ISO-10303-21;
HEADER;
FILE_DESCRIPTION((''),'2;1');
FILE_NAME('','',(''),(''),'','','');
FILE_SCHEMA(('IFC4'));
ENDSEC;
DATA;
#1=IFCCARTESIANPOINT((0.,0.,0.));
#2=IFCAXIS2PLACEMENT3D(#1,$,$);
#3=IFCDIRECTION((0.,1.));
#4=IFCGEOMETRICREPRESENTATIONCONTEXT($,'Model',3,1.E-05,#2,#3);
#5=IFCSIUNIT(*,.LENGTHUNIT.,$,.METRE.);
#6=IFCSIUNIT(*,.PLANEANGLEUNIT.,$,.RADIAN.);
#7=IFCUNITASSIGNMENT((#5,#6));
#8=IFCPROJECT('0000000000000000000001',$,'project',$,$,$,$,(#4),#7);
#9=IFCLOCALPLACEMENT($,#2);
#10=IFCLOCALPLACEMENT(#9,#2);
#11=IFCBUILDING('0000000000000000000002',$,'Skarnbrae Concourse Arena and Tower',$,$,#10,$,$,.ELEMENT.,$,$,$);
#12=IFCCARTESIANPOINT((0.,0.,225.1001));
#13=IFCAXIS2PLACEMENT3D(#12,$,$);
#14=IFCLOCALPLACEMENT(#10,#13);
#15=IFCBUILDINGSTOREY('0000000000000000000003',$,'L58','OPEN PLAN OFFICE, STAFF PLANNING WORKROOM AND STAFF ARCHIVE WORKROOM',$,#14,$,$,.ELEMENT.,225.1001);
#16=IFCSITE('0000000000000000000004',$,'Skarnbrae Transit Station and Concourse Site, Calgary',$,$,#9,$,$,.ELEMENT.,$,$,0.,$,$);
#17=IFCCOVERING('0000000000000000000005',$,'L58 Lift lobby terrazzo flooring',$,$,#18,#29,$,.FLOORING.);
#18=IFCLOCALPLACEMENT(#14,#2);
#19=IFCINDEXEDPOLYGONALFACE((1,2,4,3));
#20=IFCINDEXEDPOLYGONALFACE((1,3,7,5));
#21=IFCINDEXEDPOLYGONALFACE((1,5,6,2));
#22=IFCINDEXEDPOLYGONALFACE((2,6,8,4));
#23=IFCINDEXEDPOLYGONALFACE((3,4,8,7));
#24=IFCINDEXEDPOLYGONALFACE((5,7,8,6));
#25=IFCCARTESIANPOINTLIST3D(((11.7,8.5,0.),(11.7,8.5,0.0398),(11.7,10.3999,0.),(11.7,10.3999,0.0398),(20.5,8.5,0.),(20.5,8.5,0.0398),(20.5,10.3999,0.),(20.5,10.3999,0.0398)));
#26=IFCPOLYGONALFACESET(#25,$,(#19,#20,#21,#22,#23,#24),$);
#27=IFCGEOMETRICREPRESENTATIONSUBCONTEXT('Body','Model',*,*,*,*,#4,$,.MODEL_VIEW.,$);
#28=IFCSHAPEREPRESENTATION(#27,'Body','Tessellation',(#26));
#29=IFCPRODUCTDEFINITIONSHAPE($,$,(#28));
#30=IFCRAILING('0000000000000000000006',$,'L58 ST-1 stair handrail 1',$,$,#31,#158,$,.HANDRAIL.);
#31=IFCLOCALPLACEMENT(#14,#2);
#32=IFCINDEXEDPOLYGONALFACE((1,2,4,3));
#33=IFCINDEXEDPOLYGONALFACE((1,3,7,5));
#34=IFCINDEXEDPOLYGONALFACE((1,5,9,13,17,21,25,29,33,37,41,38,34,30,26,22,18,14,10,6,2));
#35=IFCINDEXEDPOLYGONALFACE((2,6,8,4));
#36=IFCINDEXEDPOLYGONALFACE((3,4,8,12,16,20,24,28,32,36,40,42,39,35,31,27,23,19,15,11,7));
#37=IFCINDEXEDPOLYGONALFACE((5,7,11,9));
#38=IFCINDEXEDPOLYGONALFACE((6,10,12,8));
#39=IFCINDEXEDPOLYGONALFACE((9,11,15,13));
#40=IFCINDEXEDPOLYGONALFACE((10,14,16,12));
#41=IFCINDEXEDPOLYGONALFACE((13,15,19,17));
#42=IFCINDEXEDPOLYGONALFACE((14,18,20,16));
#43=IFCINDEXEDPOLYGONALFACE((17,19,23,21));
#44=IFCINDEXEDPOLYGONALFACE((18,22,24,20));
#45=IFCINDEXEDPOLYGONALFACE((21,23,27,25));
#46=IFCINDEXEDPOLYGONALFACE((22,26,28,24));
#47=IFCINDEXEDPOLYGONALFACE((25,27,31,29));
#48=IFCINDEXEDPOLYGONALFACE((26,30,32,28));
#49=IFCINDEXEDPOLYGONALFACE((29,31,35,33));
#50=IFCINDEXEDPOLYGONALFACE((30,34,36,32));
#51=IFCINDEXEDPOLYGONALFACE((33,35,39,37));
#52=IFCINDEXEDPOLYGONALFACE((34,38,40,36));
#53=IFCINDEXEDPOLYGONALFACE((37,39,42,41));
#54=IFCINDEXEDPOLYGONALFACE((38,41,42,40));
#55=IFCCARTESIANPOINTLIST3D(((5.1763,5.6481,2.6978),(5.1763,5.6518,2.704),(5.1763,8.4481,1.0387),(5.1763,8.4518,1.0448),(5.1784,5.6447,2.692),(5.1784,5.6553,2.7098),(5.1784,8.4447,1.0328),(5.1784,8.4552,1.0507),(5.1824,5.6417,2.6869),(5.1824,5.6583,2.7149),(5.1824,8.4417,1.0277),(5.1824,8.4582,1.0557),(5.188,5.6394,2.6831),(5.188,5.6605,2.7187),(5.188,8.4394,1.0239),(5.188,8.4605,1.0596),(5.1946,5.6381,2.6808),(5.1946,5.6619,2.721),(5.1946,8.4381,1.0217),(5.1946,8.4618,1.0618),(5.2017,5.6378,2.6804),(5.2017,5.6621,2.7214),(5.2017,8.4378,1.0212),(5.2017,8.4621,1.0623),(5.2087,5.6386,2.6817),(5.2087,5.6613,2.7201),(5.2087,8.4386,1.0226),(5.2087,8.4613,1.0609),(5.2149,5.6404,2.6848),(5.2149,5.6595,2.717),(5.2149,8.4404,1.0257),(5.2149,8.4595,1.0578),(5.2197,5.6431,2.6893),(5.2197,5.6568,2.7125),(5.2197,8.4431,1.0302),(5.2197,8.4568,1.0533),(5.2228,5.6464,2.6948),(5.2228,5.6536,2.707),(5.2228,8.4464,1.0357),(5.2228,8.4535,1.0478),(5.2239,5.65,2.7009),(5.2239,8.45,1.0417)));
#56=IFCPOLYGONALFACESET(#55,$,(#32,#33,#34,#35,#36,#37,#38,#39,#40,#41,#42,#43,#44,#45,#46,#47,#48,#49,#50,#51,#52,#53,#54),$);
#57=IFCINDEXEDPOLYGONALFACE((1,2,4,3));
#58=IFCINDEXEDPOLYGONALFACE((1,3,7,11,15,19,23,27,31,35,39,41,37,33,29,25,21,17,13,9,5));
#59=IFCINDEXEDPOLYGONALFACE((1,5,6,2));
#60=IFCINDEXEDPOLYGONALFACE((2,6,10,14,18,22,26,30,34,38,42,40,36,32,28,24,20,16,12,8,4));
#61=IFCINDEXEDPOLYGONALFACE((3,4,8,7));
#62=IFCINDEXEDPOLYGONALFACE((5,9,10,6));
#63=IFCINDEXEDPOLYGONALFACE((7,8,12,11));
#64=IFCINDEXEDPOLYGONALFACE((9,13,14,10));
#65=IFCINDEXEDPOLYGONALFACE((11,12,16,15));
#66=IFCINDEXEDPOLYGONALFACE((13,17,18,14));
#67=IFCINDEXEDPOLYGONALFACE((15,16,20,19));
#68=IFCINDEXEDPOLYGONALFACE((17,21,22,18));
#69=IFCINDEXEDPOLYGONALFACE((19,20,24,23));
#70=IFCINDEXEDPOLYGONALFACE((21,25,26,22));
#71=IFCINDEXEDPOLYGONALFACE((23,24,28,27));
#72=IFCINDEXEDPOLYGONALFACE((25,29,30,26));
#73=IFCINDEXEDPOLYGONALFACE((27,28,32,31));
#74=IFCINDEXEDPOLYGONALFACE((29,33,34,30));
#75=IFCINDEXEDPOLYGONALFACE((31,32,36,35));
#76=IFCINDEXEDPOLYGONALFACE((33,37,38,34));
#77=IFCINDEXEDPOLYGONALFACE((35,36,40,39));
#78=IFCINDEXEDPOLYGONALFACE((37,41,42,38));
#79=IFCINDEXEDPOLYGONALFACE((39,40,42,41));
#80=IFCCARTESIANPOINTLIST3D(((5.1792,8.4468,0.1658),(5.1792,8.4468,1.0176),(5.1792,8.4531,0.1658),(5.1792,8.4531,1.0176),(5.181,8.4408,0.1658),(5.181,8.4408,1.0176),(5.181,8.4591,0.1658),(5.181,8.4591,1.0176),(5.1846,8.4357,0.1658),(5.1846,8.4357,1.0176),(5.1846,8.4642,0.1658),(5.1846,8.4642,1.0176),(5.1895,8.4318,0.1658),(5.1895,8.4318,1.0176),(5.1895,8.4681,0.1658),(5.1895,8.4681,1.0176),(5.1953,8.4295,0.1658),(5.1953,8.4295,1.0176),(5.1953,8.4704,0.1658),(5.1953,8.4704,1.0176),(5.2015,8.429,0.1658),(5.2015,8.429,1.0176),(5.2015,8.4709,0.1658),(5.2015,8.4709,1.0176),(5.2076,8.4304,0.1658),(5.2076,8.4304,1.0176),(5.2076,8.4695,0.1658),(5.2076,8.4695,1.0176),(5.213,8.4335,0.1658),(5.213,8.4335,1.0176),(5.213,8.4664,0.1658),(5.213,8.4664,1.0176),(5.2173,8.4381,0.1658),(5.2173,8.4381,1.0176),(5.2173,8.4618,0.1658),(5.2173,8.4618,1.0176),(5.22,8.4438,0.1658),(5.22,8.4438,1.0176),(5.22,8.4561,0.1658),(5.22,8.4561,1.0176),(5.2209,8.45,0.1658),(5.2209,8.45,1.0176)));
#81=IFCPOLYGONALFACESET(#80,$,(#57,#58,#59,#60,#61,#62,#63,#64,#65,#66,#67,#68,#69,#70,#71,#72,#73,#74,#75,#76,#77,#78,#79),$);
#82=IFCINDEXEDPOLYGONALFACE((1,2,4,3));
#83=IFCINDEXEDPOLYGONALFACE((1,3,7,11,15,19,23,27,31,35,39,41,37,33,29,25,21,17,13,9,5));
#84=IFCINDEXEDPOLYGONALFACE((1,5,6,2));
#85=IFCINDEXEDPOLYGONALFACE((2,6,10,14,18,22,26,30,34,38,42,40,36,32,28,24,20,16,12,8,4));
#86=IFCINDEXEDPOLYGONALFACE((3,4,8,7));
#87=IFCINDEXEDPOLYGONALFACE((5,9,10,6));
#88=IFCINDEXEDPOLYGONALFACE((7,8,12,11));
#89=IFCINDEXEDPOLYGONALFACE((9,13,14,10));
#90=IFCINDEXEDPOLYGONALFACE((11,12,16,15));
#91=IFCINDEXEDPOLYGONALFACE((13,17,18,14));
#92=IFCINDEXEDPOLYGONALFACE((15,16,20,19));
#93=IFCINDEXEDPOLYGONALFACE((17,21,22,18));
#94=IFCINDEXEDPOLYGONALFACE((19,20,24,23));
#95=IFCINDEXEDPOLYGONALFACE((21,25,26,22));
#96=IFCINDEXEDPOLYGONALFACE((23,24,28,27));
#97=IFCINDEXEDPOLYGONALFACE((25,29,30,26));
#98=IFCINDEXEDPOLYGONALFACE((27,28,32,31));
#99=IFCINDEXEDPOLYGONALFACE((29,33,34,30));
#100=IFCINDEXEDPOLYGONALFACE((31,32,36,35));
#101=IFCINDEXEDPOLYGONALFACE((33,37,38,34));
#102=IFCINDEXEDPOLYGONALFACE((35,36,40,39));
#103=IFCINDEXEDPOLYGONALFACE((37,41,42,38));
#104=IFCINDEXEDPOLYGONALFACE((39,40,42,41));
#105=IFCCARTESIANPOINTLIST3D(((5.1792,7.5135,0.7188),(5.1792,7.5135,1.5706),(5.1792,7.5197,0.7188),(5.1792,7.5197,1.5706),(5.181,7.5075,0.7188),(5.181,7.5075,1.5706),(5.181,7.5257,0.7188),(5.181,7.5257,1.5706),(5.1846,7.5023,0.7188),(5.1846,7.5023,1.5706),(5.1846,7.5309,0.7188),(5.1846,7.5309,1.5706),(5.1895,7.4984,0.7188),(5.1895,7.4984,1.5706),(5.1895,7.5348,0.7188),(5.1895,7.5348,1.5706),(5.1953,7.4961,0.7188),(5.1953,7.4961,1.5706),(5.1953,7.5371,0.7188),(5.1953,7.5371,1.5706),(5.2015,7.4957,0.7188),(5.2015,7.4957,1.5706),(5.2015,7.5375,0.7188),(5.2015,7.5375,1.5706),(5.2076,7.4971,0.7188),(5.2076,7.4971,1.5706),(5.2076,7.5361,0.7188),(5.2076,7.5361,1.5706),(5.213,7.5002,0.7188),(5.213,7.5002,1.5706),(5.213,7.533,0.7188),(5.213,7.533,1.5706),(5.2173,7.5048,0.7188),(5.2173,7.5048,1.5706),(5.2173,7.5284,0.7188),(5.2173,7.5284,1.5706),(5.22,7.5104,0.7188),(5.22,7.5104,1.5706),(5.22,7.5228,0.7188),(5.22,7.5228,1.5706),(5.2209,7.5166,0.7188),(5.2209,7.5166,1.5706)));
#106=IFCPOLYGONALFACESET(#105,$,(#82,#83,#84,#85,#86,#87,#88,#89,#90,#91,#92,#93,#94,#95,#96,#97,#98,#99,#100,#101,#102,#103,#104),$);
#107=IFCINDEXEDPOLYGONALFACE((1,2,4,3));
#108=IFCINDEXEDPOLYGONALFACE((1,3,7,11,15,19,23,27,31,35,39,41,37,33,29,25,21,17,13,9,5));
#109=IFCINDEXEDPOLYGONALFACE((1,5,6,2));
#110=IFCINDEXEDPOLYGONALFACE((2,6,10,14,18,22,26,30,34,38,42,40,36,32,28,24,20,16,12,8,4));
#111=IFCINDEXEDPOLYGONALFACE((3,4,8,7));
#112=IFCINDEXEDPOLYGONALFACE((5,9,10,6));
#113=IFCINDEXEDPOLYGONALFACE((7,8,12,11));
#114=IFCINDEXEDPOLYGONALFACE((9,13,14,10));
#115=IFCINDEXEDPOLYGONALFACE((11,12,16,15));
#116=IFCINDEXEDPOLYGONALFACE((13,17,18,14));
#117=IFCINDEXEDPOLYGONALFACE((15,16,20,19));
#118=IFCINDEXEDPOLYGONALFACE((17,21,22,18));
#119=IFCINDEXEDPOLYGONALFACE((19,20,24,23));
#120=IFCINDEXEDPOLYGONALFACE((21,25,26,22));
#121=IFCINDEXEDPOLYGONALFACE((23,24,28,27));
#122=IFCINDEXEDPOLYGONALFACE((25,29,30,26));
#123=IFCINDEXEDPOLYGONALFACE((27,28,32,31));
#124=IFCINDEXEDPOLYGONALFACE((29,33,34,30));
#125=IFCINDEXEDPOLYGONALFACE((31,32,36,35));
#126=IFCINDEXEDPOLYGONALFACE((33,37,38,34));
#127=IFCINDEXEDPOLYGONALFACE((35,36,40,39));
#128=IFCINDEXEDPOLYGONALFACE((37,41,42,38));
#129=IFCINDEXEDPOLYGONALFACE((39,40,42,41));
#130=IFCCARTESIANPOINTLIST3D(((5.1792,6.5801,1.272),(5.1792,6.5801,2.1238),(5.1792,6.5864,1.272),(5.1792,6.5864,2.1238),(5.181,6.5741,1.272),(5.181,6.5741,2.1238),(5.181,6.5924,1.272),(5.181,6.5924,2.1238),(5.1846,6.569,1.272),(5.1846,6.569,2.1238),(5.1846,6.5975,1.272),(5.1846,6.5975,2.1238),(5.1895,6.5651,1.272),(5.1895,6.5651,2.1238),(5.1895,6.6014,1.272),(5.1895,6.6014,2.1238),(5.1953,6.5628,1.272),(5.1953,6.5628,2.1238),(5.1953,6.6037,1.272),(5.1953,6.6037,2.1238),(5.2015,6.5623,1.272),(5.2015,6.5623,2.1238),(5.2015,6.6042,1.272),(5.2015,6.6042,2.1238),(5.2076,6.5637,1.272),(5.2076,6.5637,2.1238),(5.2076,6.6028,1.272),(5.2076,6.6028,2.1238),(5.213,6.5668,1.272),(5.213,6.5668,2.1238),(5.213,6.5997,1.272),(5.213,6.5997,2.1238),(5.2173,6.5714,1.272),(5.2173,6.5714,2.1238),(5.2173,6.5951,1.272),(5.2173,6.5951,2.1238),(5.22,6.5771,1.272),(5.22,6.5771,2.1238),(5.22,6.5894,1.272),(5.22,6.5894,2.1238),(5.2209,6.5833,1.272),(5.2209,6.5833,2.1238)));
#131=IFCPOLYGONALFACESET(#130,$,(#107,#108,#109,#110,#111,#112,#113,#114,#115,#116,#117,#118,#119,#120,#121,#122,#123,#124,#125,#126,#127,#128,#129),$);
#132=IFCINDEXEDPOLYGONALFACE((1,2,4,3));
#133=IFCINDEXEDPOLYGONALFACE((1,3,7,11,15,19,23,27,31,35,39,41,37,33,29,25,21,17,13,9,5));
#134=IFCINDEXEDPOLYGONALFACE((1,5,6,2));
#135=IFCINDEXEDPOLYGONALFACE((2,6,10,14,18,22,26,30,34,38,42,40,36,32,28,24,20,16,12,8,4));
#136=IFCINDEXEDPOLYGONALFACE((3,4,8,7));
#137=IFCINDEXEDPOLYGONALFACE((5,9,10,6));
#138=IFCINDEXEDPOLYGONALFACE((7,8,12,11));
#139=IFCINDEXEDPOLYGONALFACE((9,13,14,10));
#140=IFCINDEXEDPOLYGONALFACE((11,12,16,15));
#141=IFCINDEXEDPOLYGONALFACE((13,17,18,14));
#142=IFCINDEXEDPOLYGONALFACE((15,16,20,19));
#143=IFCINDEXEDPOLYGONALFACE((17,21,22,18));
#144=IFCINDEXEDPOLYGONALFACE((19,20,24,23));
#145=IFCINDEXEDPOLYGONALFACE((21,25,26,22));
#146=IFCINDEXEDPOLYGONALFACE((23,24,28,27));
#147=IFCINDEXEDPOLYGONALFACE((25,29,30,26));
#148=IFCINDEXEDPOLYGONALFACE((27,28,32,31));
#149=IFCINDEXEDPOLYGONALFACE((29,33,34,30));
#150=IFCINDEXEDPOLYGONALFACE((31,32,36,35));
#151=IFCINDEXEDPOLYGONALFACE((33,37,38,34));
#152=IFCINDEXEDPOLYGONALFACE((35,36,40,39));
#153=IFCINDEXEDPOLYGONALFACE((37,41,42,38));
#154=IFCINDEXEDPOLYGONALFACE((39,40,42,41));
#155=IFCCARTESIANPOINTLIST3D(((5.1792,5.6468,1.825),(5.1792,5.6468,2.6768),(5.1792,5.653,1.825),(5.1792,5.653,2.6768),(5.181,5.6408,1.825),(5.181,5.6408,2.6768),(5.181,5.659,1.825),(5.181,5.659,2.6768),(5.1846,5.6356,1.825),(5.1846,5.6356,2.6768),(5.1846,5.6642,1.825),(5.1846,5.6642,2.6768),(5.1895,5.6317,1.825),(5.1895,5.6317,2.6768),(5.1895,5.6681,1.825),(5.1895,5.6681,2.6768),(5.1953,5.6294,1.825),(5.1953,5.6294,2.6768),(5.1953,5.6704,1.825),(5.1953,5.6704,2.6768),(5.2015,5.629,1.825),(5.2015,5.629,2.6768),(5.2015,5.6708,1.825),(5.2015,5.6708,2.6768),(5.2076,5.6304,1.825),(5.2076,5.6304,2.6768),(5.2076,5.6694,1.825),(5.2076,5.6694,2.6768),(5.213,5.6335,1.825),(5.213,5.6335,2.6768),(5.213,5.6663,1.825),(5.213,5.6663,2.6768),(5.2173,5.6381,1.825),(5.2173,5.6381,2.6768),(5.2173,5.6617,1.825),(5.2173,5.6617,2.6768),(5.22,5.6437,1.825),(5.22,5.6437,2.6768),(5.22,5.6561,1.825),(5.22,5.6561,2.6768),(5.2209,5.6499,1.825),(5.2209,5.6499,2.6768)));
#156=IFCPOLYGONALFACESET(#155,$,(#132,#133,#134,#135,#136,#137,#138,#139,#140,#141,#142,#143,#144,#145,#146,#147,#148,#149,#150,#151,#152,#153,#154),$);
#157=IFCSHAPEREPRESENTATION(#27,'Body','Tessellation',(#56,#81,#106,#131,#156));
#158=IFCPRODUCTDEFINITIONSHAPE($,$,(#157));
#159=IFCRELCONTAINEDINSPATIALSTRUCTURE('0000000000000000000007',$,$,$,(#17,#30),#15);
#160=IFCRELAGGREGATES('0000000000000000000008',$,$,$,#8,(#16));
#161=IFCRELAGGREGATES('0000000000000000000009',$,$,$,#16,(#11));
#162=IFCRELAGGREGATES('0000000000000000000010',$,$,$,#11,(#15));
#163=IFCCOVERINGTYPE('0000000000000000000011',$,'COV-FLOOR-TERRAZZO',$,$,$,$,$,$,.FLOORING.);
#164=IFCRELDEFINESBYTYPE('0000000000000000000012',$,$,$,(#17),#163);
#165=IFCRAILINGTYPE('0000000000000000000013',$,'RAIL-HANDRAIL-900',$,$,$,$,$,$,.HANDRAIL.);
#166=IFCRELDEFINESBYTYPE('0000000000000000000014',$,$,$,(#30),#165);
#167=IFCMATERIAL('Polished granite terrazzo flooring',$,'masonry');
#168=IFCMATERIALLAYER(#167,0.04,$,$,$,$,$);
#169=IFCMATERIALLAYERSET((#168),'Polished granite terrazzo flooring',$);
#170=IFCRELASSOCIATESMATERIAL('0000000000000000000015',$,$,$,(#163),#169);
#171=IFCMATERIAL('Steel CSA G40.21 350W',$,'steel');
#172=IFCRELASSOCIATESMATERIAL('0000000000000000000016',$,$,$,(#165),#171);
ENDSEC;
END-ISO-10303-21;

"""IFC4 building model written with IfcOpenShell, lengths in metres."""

from ifc_helpers import new_model, si_unit, direction, frame, origin, origin_2d, place, context, subcontext, project, spatial, polyline, circle, outline, extrude, material, layer, layer_set, type_object, element, save


model = new_model("IFC4")

# Units and contexts
model_context = context("Model", 3, precision=1e-05, world=origin(), true_north=direction((0.0, 1.0)))
body_context = subcontext(model_context, "Body", "Model", "MODEL_VIEW")
ifc_project = project(units=[si_unit("LENGTHUNIT", "METRE"), si_unit("PLANEANGLEUNIT", "RADIAN")], contexts=[model_context])

# Site, building, storey
site_placement = place(None, origin())
site = spatial("IfcSite", under=ifc_project, at=site_placement, Name="Skarnbrae Transit Station and Concourse Site, Calgary", CompositionType="ELEMENT", RefElevation=0.0)
building_placement = place(site_placement, origin())
building = spatial("IfcBuilding", under=site, at=building_placement, Name="Skarnbrae Concourse Arena and Tower", CompositionType="ELEMENT")
storey_placement = place(building_placement, frame((0.0, 0.0, 225.1001)))
storey = spatial("IfcBuildingStorey", under=building, at=storey_placement, Name="L58", Description="OPEN PLAN OFFICE, STAFF PLANNING WORKROOM AND STAFF ARCHIVE WORKROOM", CompositionType="ELEMENT", Elevation=225.1001)

# Shared definitions
ifc_material_1 = material(Name="Steel CSA G40.21 350W", Category="steel")

# Covering
ifc_material_2 = material(Name="Polished granite terrazzo flooring", Category="masonry")
ifc_layer_1 = layer(ifc_material_2, 0.04)
ifc_layer_set_1 = layer_set([ifc_layer_1], Name="Polished granite terrazzo flooring")
covering_type_1 = type_object("IfcCoveringType", Name="COV-FLOOR-TERRAZZO", PredefinedType="FLOORING", material=ifc_layer_set_1)
covering_1_placement = place(storey_placement, origin())
element("IfcCovering", 1, at=covering_1_placement, inside=storey, type_object=covering_type_1, Name="L58 Lift lobby terrazzo flooring", PredefinedType="FLOORING", context=body_context, shape_type="SweptSolid", body=[
    extrude(outline(polyline([(11.7, 8.5), (20.5, 8.5), (20.5, 10.3999), (11.7, 10.3999), (11.7, 8.5)])), origin(), (0.0, 0.0, 1.0), 0.0398),
])

# Railing
railing_type = type_object("IfcRailingType", Name="RAIL-HANDRAIL-900", PredefinedType="HANDRAIL", material=ifc_material_1)
railing_placement = place(storey_placement, frame((5.2, 8.45, 0.1658)))
element("IfcRailing", 2, at=railing_placement, inside=storey, type_object=railing_type, Name="L58 ST-1 stair handrail 1", PredefinedType="HANDRAIL", context=body_context, shape_type="SweptSolid", body=[
    extrude(circle(Radius=0.0239, at=origin_2d()), frame((0.0, 0.0, 0.876), z_axis=(0.0, -0.860306, 0.509778), x_axis=(1.0, 0.0, 0.0)), (0.0, 0.0, 1.0), 3.2546),
    extrude(circle(Radius=0.021, at=origin_2d()), origin(), (0.0, 0.0, 1.0), 0.8518),
    extrude(circle(Radius=0.021, at=origin_2d()), frame((0.0, -0.9333, 0.553)), (0.0, 0.0, 1.0), 0.8518),
    extrude(circle(Radius=0.021, at=origin_2d()), frame((0.0, -1.8667, 1.1062)), (0.0, 0.0, 1.0), 0.8518),
    extrude(circle(Radius=0.021, at=origin_2d()), frame((0.0, -2.8, 1.6592)), (0.0, 0.0, 1.0), 0.8518),
])

save(model, "model.ifc")
